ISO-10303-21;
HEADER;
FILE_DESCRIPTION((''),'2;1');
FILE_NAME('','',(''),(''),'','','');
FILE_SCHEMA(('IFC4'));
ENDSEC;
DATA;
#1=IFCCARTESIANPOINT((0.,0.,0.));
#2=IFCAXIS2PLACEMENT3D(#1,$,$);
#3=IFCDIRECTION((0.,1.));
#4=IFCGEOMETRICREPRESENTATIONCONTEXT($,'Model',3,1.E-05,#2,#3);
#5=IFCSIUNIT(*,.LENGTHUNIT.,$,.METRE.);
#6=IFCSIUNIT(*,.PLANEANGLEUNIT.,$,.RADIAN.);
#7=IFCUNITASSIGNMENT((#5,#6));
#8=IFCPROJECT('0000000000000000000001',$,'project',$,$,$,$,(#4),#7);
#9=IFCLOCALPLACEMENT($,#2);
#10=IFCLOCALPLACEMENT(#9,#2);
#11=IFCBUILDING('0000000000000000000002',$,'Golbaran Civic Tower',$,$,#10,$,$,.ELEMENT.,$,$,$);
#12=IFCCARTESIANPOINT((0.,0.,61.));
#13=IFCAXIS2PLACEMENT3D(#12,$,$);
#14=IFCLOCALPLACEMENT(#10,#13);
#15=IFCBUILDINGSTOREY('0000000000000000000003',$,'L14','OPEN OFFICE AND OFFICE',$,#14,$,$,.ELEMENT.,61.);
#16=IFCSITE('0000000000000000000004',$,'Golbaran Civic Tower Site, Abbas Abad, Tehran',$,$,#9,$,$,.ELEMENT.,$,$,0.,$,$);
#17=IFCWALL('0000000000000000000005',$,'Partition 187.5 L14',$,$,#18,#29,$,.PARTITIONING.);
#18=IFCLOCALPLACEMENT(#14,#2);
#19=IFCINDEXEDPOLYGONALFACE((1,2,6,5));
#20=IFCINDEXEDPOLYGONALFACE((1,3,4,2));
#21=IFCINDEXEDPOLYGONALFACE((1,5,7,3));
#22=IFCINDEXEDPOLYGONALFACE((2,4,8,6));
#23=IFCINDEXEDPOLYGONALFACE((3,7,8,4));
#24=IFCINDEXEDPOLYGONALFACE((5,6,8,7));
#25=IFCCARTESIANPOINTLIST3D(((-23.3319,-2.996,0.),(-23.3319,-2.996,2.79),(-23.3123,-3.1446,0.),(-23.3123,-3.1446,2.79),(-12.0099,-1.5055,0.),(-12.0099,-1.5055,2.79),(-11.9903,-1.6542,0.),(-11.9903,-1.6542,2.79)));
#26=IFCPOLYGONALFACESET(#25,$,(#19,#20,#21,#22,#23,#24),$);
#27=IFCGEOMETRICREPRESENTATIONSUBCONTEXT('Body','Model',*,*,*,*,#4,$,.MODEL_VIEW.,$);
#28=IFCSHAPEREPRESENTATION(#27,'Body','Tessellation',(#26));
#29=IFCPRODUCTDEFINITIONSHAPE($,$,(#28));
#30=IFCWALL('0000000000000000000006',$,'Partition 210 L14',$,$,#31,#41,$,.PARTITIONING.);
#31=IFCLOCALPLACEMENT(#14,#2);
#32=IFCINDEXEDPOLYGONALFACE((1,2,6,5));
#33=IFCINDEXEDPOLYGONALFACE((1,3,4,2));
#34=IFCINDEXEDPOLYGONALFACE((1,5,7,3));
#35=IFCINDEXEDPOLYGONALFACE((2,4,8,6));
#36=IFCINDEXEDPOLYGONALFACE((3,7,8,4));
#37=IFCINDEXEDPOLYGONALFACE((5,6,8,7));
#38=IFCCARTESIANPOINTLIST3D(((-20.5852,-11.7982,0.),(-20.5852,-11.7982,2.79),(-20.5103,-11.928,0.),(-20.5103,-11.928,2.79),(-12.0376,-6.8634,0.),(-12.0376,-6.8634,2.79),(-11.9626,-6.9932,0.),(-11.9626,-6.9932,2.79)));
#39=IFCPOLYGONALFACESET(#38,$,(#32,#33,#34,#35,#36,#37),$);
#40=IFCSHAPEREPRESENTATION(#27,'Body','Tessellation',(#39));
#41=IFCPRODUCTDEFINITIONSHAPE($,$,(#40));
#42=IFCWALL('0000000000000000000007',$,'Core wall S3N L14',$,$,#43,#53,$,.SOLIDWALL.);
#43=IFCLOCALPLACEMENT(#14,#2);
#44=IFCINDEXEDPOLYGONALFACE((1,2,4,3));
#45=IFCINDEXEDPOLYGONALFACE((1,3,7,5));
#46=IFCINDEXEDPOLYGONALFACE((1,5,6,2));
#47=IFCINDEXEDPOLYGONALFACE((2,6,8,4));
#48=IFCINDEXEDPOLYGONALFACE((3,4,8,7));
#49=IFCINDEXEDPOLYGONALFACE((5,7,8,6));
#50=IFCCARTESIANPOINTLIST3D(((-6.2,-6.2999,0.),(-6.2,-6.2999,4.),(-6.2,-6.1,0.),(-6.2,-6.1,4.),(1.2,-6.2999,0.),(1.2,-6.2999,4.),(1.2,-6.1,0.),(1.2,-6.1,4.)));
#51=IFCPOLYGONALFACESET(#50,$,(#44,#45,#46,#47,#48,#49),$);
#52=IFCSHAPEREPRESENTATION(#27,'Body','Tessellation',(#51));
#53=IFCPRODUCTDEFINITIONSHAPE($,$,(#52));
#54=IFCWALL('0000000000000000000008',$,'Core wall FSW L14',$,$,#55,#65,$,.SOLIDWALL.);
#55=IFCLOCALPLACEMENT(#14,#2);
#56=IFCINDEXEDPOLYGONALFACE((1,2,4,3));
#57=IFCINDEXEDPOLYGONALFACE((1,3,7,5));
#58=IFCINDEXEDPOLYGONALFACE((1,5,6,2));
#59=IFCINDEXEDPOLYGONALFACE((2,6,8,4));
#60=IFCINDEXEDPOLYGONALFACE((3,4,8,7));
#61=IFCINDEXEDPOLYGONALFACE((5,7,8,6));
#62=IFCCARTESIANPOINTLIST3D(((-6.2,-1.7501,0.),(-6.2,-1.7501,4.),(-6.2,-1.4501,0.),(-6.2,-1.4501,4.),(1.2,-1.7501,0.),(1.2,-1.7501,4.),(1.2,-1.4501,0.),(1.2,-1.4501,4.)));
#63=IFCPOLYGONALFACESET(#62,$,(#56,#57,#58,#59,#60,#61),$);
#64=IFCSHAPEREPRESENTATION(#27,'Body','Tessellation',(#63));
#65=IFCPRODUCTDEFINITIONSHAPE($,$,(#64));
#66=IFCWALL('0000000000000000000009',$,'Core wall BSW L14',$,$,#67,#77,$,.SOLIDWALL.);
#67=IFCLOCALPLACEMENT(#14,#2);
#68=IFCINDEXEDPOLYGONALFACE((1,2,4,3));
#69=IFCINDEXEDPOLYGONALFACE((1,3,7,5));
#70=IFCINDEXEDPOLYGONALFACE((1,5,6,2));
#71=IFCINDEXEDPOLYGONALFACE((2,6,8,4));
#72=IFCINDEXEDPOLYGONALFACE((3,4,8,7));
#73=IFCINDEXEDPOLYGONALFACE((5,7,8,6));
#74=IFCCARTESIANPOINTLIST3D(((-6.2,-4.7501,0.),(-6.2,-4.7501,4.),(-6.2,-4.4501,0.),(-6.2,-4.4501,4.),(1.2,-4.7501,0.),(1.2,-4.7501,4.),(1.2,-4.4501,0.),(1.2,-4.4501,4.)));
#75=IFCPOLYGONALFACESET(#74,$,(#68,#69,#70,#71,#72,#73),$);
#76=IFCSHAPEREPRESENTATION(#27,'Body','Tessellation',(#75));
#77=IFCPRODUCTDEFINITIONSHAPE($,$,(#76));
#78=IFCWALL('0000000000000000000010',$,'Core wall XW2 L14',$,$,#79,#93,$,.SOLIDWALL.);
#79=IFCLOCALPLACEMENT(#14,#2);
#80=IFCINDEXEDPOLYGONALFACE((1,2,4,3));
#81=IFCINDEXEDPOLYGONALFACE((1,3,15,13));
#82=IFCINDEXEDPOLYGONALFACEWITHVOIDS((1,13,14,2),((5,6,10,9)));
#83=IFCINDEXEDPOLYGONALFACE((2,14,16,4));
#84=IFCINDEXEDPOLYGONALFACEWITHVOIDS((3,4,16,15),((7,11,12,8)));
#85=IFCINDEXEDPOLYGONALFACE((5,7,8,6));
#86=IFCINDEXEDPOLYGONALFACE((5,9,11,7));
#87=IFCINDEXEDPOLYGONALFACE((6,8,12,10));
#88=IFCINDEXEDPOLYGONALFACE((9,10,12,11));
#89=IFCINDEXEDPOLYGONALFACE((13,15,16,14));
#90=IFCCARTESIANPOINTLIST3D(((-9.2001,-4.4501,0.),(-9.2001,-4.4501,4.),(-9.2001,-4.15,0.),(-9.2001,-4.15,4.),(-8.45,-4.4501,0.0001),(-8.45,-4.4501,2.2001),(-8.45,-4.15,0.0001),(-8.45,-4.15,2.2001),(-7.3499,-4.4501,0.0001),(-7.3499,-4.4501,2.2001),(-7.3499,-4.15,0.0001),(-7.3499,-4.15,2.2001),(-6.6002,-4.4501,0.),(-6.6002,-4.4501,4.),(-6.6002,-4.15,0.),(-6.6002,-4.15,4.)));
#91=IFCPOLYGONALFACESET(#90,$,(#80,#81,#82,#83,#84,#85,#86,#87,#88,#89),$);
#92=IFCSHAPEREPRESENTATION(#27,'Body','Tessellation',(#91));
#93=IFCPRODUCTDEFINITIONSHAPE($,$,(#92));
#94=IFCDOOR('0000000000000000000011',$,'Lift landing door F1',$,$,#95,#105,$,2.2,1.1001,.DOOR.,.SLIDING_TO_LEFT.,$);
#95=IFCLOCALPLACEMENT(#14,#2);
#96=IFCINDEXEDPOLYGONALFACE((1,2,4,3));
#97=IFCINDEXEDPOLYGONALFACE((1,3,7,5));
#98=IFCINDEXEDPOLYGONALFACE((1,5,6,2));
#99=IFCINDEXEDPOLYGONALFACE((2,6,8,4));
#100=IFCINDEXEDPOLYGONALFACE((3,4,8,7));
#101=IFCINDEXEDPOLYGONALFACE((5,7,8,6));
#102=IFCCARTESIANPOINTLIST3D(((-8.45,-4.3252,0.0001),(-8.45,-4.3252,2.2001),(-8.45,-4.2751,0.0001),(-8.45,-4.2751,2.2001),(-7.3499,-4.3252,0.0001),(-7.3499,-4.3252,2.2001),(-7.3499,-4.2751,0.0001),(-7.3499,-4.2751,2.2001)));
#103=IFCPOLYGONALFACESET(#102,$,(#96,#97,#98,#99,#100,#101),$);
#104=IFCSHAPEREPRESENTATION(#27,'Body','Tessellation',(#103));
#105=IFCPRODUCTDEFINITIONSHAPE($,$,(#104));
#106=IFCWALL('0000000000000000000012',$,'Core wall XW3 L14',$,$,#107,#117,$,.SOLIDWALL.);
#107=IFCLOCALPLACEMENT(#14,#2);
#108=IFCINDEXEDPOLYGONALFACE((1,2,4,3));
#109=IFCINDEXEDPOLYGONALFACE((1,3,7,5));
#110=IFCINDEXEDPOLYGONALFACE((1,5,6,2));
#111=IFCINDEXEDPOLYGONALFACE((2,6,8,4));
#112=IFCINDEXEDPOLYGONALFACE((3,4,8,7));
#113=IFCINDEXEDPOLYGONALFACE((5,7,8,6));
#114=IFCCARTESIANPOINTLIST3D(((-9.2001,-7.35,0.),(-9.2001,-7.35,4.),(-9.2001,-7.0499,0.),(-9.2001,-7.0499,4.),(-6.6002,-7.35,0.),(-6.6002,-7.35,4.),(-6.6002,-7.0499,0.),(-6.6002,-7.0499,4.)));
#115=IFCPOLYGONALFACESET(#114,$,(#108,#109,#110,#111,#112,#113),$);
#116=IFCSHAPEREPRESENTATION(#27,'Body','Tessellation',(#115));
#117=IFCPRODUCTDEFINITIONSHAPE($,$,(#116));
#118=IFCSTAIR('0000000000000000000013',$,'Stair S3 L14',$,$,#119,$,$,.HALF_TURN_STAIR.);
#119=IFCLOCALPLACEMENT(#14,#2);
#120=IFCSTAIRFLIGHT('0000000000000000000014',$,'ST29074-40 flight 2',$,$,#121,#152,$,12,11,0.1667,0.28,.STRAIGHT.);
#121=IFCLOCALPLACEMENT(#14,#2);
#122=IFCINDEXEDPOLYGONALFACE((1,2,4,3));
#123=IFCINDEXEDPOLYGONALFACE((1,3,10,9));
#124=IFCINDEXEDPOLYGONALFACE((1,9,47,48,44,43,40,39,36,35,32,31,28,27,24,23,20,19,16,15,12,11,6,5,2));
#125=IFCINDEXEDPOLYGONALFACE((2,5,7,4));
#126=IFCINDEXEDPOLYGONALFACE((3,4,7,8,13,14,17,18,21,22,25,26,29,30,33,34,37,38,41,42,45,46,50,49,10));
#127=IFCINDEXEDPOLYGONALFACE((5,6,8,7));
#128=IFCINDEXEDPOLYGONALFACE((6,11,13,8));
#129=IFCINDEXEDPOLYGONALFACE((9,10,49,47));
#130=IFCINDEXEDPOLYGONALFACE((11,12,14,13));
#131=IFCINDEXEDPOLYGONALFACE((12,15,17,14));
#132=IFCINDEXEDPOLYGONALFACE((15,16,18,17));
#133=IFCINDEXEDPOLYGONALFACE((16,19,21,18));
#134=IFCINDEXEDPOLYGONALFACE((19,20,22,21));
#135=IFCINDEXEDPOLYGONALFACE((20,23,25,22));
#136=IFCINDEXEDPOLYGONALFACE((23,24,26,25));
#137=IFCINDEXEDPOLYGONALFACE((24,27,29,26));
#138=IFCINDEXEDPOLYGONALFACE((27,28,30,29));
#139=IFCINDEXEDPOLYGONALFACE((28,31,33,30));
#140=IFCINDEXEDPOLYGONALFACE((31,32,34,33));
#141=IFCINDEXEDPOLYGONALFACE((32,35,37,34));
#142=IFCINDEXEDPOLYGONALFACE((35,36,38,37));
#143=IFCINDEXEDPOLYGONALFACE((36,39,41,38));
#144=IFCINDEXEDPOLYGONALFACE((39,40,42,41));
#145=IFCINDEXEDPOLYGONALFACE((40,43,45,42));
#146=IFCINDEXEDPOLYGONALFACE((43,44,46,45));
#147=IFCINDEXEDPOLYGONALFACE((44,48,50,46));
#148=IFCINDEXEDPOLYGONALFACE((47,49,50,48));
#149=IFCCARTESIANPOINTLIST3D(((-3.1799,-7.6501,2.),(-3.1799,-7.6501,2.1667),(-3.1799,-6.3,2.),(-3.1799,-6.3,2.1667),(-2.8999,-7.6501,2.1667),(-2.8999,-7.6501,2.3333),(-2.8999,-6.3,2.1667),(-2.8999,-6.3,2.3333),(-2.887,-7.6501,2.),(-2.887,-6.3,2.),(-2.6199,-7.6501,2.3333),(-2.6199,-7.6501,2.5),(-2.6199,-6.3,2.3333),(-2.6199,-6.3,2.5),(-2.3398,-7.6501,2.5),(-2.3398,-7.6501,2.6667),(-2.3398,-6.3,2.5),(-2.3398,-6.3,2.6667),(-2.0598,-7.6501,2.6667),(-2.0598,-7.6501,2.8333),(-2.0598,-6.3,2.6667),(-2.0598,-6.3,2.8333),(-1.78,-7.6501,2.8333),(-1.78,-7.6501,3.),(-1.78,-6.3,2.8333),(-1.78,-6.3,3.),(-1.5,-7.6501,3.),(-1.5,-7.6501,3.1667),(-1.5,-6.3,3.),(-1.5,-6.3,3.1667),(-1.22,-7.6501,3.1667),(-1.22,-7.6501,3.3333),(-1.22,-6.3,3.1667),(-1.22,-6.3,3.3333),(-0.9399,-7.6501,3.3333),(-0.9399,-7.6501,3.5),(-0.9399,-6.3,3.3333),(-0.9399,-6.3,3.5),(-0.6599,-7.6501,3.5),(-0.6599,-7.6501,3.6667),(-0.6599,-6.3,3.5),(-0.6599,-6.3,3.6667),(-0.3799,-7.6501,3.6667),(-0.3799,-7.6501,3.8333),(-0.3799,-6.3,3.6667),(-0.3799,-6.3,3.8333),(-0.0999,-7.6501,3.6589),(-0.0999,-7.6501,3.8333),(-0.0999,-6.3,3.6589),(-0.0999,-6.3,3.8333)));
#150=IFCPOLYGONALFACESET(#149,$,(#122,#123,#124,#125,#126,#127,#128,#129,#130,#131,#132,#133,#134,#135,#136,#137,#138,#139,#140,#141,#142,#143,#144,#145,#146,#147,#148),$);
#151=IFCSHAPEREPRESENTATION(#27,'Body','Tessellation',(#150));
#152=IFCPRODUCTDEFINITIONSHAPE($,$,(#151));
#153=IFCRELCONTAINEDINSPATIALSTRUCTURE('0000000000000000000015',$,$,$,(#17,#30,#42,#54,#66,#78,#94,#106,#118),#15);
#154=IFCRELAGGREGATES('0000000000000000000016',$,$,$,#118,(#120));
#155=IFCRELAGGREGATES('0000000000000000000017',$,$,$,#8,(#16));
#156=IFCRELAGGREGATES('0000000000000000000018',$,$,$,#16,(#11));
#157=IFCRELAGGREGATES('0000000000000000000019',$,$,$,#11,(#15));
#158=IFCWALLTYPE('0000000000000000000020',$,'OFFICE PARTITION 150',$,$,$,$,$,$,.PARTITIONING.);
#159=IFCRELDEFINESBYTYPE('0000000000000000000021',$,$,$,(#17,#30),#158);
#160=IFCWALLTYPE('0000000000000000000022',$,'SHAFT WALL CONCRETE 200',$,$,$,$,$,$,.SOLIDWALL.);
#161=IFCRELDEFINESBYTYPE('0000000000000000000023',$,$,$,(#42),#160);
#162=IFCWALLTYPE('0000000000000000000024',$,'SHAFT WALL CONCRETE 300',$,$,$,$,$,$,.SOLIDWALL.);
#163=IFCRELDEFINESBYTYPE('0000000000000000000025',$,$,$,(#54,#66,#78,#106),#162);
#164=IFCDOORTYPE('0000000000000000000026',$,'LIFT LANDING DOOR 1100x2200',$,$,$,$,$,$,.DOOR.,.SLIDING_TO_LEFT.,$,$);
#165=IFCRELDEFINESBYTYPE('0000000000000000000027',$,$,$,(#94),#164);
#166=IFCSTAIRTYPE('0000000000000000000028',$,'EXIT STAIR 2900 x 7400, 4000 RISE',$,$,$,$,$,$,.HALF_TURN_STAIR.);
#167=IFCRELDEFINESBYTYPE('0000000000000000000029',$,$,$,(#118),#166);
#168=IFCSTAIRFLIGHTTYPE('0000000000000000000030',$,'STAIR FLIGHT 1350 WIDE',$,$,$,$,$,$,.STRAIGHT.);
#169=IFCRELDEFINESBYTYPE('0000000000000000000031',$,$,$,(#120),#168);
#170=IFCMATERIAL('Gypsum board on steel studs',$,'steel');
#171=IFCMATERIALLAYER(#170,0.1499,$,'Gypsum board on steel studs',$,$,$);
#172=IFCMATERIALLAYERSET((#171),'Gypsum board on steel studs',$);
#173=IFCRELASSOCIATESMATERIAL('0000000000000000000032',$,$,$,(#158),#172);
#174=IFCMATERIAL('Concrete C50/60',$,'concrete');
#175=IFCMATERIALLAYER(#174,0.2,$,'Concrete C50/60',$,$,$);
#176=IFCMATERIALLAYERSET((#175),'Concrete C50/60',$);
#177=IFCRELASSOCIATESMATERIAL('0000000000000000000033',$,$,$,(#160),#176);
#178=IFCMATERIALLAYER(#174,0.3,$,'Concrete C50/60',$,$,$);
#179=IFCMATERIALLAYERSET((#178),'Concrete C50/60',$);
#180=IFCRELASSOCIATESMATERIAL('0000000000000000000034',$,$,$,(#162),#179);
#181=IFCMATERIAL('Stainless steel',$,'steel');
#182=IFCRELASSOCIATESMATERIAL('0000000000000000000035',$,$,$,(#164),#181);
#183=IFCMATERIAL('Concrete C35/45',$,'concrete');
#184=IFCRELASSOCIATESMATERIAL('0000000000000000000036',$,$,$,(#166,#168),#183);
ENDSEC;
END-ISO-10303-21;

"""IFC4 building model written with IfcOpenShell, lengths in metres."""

from ifc_helpers import new_model, si_unit, direction, frame, frame_2d, origin, place, context, subcontext, project, spatial, polyline, rectangle, outline, extrude, material, layer, layer_set, type_object, element, fill, aggregate, save


model = new_model("IFC4")

# Units and contexts
model_context = context("Model", 3, precision=1e-05, world=origin(), true_north=direction((0.0, 1.0)))
body_context = subcontext(model_context, "Body", "Model", "MODEL_VIEW")
ifc_project = project(units=[si_unit("LENGTHUNIT", "METRE"), si_unit("PLANEANGLEUNIT", "RADIAN")], contexts=[model_context])

# Site, building, storey
site_placement = place(None, origin())
site = spatial("IfcSite", under=ifc_project, at=site_placement, Name="Golbaran Civic Tower Site, Abbas Abad, Tehran", CompositionType="ELEMENT", RefElevation=0.0)
building_placement = place(site_placement, origin())
building = spatial("IfcBuilding", under=site, at=building_placement, Name="Golbaran Civic Tower", CompositionType="ELEMENT")
storey_placement = place(building_placement, frame((0.0, 0.0, 61.0)))
storey = spatial("IfcBuildingStorey", under=building, at=storey_placement, Name="L14", Description="OPEN OFFICE AND OFFICE", CompositionType="ELEMENT", Elevation=61.0)

# Shared definitions
ifc_material_1 = material(Name="Concrete C35/45", Category="concrete")

# Walls
ifc_material_2 = material(Name="Gypsum board on steel studs", Category="steel")
ifc_layer_1 = layer(ifc_material_2, 0.1499, Name="Gypsum board on steel studs")
ifc_layer_set_1 = layer_set([ifc_layer_1], Name="Gypsum board on steel studs")
wall_type_1 = type_object("IfcWallType", Name="OFFICE PARTITION 150", PredefinedType="PARTITIONING", material=ifc_layer_set_1)
wall_1_placement = place(storey_placement, frame((-12.0, -1.5798, 0.0), z_axis=(0.0, 0.0, 1.0), x_axis=(-0.991446, -0.130518, 0.0)))
element("IfcWall", 1, at=wall_1_placement, inside=storey, type_object=wall_type_1, Name="Partition 187.5 L14", PredefinedType="PARTITIONING", context=body_context, shape_type="SweptSolid", body=[
    extrude(rectangle(XDim=11.4197, YDim=0.1499, at=frame_2d((5.71, 0.0))), origin(), (0.0, 0.0, 1.0), 2.79),
])
wall_2_placement = place(storey_placement, frame((-12.0, -6.9282, 0.0), z_axis=(0.0, 0.0, 1.0), x_axis=(-0.866032, -0.499989, 0.0)))
element("IfcWall", 2, at=wall_2_placement, inside=storey, type_object=wall_type_1, Name="Partition 210 L14", PredefinedType="PARTITIONING", context=body_context, shape_type="SweptSolid", body=[
    extrude(rectangle(XDim=9.8699, YDim=0.1499, at=frame_2d((4.9351, 0.0))), origin(), (0.0, 0.0, 1.0), 2.79),
])
ifc_material_3 = material(Name="Concrete C50/60", Category="concrete")
ifc_layer_2 = layer(ifc_material_3, 0.2, Name="Concrete C50/60")
ifc_layer_set_2 = layer_set([ifc_layer_2], Name="Concrete C50/60")
wall_type_2 = type_object("IfcWallType", Name="SHAFT WALL CONCRETE 200", PredefinedType="SOLIDWALL", material=ifc_layer_set_2)
wall_3_placement = place(storey_placement, frame((-6.2, -6.2, 0.0), z_axis=(0.0, 0.0, 1.0), x_axis=(1.0, 0.0, 0.0)))
element("IfcWall", 3, at=wall_3_placement, inside=storey, type_object=wall_type_2, Name="Core wall S3N L14", PredefinedType="SOLIDWALL", context=body_context, shape_type="SweptSolid", body=[
    extrude(rectangle(XDim=7.3999, YDim=0.2, at=frame_2d((3.7, 0.0))), origin(), (0.0, 0.0, 1.0), 4.0),
])
ifc_layer_3 = layer(ifc_material_3, 0.3, Name="Concrete C50/60")
ifc_layer_set_3 = layer_set([ifc_layer_3], Name="Concrete C50/60")
wall_type_3 = type_object("IfcWallType", Name="SHAFT WALL CONCRETE 300", PredefinedType="SOLIDWALL", material=ifc_layer_set_3)
for number, where, z_axis, x_axis, name in (
    (4, (-6.2, -1.6001, 0.0), (0.0, 0.0, 1.0), (1.0, 0.0, 0.0), "Core wall FSW L14"),
    (5, (-6.2, -4.6001, 0.0), (0.0, 0.0, 1.0), (1.0, 0.0, 0.0), "Core wall BSW L14"),
):
    element("IfcWall", number, at=place(storey_placement, frame(where, z_axis=z_axis, x_axis=x_axis)), inside=storey, type_object=wall_type_3, Name=name, PredefinedType="SOLIDWALL", context=body_context, shape_type="SweptSolid", body=[
        extrude(rectangle(XDim=7.3999, YDim=0.3, at=frame_2d((3.7, 0.0))), origin(), (0.0, 0.0, 1.0), 4.0),
    ])

# Wall, opening, door
wall_4_placement = place(storey_placement, frame((-9.2, -4.3, 0.0), z_axis=(0.0, 0.0, 1.0), x_axis=(1.0, 0.0, 0.0)))
wall_4 = element("IfcWall", 6, at=wall_4_placement, inside=storey, type_object=wall_type_3, Name="Core wall XW2 L14", PredefinedType="SOLIDWALL", context=body_context, shape_type="SweptSolid", body=[
    extrude(rectangle(XDim=2.5999, YDim=0.3, at=frame_2d((1.2998, 0.0))), origin(), (0.0, 0.0, 1.0), 4.0),
])
opening_1_placement = place(wall_4_placement, frame((0.75, 0.0, 0.0)))
opening_1 = element("IfcOpeningElement", 7, at=opening_1_placement, cuts=wall_4, PredefinedType="OPENING", context=body_context, shape_type="SweptSolid", body=[
    extrude(rectangle(XDim=1.1001, YDim=2.2, at=frame_2d((0.55, 1.1001))), frame((0.0, 0.1599, 0.0), z_axis=(0.0, -1.0, 0.0), x_axis=(1.0, 0.0, 0.0)), (0.0, 0.0, 1.0), 0.3201),
])
ifc_material_4 = material(Name="Stainless steel", Category="steel")
door_type_1 = type_object("IfcDoorType", Name="LIFT LANDING DOOR 1100x2200", OperationType="SLIDING_TO_LEFT", PredefinedType="DOOR", material=ifc_material_4)
door_1_placement = place(opening_1_placement, origin())
door_1 = element("IfcDoor", 8, at=door_1_placement, inside=storey, type_object=door_type_1, Name="Lift landing door F1", OperationType="SLIDING_TO_LEFT", OverallHeight=2.2, OverallWidth=1.1001, PredefinedType="DOOR", context=body_context, shape_type="SweptSolid", body=[
    extrude(rectangle(XDim=1.1001, YDim=2.2, at=frame_2d((0.55, 1.1001))), frame((0.0, 0.0249, 0.0), z_axis=(0.0, -1.0, 0.0), x_axis=(1.0, 0.0, 0.0)), (0.0, 0.0, 1.0), 0.05),
])
fill(opening_1, door_1)

# Wall
wall_5_placement = place(storey_placement, frame((-9.2, -7.2, 0.0), z_axis=(0.0, 0.0, 1.0), x_axis=(1.0, 0.0, 0.0)))
element("IfcWall", 9, at=wall_5_placement, inside=storey, type_object=wall_type_3, Name="Core wall XW3 L14", PredefinedType="SOLIDWALL", context=body_context, shape_type="SweptSolid", body=[
    extrude(rectangle(XDim=2.5999, YDim=0.3, at=frame_2d((1.2998, 0.0))), origin(), (0.0, 0.0, 1.0), 4.0),
])

# Stair, stair flight
stair_type_1 = type_object("IfcStairType", Name="EXIT STAIR 2900 x 7400, 4000 RISE", PredefinedType="HALF_TURN_STAIR", material=ifc_material_1)
stair_1_placement = place(storey_placement, origin())
stair_1 = element("IfcStair", 10, at=stair_1_placement, inside=storey, type_object=stair_type_1, Name="Stair S3 L14", PredefinedType="HALF_TURN_STAIR")
stair_flight_type = type_object("IfcStairFlightType", Name="STAIR FLIGHT 1350 WIDE", PredefinedType="STRAIGHT", material=ifc_material_1)
stair_flight_placement = place(storey_placement, frame((-3.1799, -6.9751, 2.0), z_axis=(0.0, 0.0, 1.0), x_axis=(1.0, 0.0, 0.0)))
stair_flight = element("IfcStairFlight", 11, at=stair_flight_placement, type_object=stair_flight_type, Name="ST29074-40 flight 2", NumberOfRisers=12, NumberOfTreads=11, PredefinedType="STRAIGHT", RiserHeight=0.1667, TreadLength=0.28, context=body_context, shape_type="SweptSolid", body=[
    extrude(outline(polyline([(0.0, 0.0), (0.0, 0.1667), (0.28, 0.1667), (0.28, 0.3333), (0.5601, 0.3333), (0.5601, 0.5), (0.8401, 0.5), (0.8401, 0.6667), (1.1201, 0.6667), (1.1201, 0.8333), (1.3999, 0.8333), (1.3999, 1.0), (1.6799, 1.0), (1.6799, 1.1667), (1.96, 1.1667), (1.96, 1.3333), (2.24, 1.3333), (2.24, 1.5), (2.52, 1.5), (2.52, 1.6667), (2.8, 1.6667), (2.8, 1.8333), (3.0801, 1.8333), (3.0801, 2.0), (3.0801, 1.6589), (0.293, 0.0), (0.0, 0.0)])), frame((0.0, 0.675, 0.0), z_axis=(0.0, -1.0, 0.0), x_axis=(1.0, 0.0, 0.0)), (0.0, 0.0, 1.0), 1.3501),
])
aggregate(stair_1, [stair_flight])

save(model, "model.ifc")
